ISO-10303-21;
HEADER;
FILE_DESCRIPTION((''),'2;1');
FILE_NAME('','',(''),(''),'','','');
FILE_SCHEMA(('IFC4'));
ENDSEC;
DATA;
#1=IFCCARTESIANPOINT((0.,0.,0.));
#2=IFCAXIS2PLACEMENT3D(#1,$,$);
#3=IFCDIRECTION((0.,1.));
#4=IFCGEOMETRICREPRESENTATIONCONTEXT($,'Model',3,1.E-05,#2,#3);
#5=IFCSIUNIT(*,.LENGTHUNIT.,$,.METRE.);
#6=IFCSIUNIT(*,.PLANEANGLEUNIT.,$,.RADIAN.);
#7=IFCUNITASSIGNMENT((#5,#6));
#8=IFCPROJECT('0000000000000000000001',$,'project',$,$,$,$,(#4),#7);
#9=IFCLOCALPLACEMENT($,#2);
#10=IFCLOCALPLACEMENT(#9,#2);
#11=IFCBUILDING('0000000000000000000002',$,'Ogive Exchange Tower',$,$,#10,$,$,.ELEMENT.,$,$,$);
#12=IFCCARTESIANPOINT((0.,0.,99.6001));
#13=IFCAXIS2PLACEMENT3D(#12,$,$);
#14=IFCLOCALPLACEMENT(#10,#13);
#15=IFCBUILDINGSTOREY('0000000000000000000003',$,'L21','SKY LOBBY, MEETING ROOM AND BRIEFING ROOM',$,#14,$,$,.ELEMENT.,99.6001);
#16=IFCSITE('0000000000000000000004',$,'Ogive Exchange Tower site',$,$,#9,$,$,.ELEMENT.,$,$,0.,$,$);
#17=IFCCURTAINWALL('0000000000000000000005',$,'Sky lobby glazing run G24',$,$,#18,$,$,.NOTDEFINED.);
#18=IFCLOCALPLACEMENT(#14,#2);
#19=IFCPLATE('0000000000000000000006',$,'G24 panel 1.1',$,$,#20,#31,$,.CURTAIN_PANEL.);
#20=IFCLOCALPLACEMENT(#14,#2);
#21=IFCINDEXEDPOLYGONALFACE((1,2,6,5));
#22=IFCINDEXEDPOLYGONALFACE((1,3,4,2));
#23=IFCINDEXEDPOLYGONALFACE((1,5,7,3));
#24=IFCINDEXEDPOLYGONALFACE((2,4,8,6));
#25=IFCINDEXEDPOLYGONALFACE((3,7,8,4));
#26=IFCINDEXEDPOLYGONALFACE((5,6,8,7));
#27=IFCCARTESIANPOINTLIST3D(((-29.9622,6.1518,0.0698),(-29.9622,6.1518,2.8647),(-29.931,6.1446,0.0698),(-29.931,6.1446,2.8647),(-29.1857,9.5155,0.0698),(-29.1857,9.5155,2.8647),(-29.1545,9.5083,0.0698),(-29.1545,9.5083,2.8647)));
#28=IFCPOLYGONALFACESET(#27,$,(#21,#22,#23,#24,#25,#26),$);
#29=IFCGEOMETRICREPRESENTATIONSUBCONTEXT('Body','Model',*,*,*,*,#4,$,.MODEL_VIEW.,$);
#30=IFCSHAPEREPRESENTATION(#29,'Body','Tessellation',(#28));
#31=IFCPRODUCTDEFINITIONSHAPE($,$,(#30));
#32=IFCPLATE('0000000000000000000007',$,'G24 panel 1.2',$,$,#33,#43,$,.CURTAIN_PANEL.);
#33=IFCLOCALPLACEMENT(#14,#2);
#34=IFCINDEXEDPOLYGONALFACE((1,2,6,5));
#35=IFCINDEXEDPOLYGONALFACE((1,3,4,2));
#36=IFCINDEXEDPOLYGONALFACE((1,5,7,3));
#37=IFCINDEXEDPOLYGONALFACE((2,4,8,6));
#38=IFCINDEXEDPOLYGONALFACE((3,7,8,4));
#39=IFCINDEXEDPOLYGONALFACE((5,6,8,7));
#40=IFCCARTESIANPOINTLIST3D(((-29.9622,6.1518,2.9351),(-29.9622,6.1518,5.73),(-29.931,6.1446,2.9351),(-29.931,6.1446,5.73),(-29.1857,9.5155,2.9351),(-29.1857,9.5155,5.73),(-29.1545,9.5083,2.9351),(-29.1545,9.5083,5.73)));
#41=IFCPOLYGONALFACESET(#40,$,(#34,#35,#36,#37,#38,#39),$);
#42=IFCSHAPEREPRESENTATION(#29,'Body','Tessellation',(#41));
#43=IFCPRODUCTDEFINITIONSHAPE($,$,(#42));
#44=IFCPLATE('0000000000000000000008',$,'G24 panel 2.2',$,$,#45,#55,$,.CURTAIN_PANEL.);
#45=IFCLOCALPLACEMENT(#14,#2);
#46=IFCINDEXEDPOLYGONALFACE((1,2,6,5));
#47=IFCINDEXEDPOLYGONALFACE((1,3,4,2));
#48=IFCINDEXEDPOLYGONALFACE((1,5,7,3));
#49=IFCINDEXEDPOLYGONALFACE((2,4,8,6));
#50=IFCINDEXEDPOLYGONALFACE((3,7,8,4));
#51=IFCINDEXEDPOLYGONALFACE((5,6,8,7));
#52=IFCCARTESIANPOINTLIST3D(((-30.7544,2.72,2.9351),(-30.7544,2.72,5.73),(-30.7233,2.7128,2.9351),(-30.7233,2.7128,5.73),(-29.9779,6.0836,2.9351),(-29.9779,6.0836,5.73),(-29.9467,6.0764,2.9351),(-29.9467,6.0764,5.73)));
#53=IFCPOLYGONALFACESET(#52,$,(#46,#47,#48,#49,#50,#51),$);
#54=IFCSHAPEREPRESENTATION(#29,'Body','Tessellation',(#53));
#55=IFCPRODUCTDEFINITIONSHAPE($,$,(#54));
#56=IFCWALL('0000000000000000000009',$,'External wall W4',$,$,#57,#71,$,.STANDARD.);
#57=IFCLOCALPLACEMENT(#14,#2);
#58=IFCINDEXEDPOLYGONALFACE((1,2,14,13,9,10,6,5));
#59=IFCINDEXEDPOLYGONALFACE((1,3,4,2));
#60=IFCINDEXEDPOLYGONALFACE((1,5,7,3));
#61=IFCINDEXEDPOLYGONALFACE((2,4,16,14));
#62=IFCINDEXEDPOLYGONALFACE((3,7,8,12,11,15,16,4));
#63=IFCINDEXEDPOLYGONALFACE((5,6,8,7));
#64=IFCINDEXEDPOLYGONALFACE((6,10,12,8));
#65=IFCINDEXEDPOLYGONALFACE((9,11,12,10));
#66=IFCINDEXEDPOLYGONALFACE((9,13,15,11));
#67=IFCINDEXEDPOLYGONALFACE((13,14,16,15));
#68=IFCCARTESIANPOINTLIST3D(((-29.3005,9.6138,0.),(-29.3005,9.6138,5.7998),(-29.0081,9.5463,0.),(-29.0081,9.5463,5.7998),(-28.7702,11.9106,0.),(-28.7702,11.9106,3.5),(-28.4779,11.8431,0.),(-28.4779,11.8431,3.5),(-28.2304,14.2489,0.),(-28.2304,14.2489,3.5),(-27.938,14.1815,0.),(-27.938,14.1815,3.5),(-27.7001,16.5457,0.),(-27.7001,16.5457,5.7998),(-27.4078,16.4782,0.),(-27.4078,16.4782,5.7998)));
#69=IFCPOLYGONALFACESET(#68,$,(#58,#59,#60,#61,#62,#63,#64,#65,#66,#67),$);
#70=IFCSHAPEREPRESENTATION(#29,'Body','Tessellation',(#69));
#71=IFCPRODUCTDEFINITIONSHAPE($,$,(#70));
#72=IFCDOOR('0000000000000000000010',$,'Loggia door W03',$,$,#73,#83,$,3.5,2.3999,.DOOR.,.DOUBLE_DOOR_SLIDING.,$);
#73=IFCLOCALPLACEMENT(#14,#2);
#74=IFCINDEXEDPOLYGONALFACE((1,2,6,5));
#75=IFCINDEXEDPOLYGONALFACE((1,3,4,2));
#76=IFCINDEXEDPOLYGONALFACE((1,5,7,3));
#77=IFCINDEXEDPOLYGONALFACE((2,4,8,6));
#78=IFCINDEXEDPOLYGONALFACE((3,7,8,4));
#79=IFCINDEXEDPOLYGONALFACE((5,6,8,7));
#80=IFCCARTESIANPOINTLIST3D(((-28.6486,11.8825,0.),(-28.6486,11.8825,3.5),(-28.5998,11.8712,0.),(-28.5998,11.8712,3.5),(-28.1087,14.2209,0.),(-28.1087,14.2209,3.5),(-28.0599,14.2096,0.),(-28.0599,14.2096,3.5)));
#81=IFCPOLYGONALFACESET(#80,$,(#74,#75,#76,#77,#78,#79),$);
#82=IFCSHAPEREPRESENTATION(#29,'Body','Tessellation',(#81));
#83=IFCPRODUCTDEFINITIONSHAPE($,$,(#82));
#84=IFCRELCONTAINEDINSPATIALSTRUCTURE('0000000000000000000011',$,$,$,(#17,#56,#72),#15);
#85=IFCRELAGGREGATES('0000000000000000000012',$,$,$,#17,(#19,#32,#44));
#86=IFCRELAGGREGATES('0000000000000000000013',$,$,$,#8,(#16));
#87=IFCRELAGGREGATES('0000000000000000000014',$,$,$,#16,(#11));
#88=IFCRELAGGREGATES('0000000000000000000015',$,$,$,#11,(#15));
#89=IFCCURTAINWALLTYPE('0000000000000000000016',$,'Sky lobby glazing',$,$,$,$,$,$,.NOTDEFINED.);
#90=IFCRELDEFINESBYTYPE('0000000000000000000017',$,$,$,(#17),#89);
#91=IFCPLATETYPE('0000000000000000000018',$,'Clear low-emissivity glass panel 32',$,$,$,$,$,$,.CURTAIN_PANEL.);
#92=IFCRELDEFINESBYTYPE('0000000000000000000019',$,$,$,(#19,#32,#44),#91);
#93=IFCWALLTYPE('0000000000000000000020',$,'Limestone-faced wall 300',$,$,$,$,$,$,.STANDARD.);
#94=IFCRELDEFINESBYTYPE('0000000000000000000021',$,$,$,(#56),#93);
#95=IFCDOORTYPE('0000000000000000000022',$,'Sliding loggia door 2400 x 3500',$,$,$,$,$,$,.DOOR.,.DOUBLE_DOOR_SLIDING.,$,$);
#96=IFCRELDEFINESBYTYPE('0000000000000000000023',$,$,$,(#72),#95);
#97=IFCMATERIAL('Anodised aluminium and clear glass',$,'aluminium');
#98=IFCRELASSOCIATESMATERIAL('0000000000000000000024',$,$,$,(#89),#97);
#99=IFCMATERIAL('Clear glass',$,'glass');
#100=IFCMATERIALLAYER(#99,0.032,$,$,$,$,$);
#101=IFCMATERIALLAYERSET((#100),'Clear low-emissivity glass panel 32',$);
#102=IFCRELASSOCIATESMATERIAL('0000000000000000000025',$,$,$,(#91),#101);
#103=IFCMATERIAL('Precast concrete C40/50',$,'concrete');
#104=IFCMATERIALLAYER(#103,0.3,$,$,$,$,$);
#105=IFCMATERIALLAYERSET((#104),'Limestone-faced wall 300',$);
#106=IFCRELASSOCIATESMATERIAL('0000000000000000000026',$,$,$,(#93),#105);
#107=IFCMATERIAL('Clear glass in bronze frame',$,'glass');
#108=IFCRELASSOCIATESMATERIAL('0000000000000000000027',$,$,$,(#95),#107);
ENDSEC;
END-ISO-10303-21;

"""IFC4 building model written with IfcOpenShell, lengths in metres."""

from ifc_helpers import new_model, si_unit, direction, frame, frame_2d, origin, origin_2d, place, context, subcontext, project, spatial, rectangle, extrude, material, layer, layer_set, type_object, element, fill, aggregate, save


model = new_model("IFC4")

# Units and contexts
model_context = context("Model", 3, precision=1e-05, world=origin(), true_north=direction((0.0, 1.0)))
body_context = subcontext(model_context, "Body", "Model", "MODEL_VIEW")
ifc_project = project(units=[si_unit("LENGTHUNIT", "METRE"), si_unit("PLANEANGLEUNIT", "RADIAN")], contexts=[model_context])

# Site, building, storey
site_placement = place(None, origin())
site = spatial("IfcSite", under=ifc_project, at=site_placement, Name="Ogive Exchange Tower site", CompositionType="ELEMENT", RefElevation=0.0)
building_placement = place(site_placement, origin())
building = spatial("IfcBuilding", under=site, at=building_placement, Name="Ogive Exchange Tower", CompositionType="ELEMENT")
storey_placement = place(building_placement, frame((0.0, 0.0, 99.6001)))
storey = spatial("IfcBuildingStorey", under=building, at=storey_placement, Name="L21", Description="SKY LOBBY, MEETING ROOM AND BRIEFING ROOM", CompositionType="ELEMENT", Elevation=99.6001)

# Shared definitions
ifc_material_1 = material(Name="Anodised aluminium and clear glass", Category="aluminium")
curtain_wall_type = type_object("IfcCurtainWallType", Name="Sky lobby glazing", PredefinedType="NOTDEFINED", material=ifc_material_1)

# Curtain wall, plates
curtain_wall_1_placement = place(storey_placement, origin())
curtain_wall_1 = element("IfcCurtainWall", 1, at=curtain_wall_1_placement, inside=storey, type_object=curtain_wall_type, Name="Sky lobby glazing run G24", PredefinedType="NOTDEFINED")
ifc_material_2 = material(Name="Clear glass", Category="glass")
ifc_layer_1 = layer(ifc_material_2, 0.032)
ifc_layer_set_1 = layer_set([ifc_layer_1], Name="Clear low-emissivity glass panel 32")
plate_type = type_object("IfcPlateType", Name="Clear low-emissivity glass panel 32", PredefinedType="CURTAIN_PANEL", material=ifc_layer_set_1)
plate_1_placement = place(storey_placement, frame((-29.5583, 7.8301, 0.0698), z_axis=(0.0, 0.0, 1.0), x_axis=(-0.224944, -0.974372, 0.0)))
plate_1 = element("IfcPlate", 2, at=plate_1_placement, type_object=plate_type, Name="G24 panel 1.1", PredefinedType="CURTAIN_PANEL", context=body_context, shape_type="SweptSolid", body=[
    extrude(rectangle(XDim=3.4521, YDim=0.032, at=origin_2d()), origin(), (0.0, 0.0, 1.0), 2.7949),
])
plate_2_placement = place(storey_placement, frame((-29.5583, 7.8301, 2.9351), z_axis=(0.0, 0.0, 1.0), x_axis=(-0.224944, -0.974372, 0.0)))
plate_2 = element("IfcPlate", 3, at=plate_2_placement, type_object=plate_type, Name="G24 panel 1.2", PredefinedType="CURTAIN_PANEL", context=body_context, shape_type="SweptSolid", body=[
    extrude(rectangle(XDim=3.4521, YDim=0.032, at=origin_2d()), origin(), (0.0, 0.0, 1.0), 2.7949),
])
plate_3_placement = place(storey_placement, frame((-30.3506, 4.3982, 2.9351), z_axis=(0.0, 0.0, 1.0), x_axis=(-0.224944, -0.974372, 0.0)))
plate_3 = element("IfcPlate", 4, at=plate_3_placement, type_object=plate_type, Name="G24 panel 2.2", PredefinedType="CURTAIN_PANEL", context=body_context, shape_type="SweptSolid", body=[
    extrude(rectangle(XDim=3.4521, YDim=0.032, at=origin_2d()), origin(), (0.0, 0.0, 1.0), 2.7949),
])
aggregate(curtain_wall_1, [plate_1, plate_2, plate_3])

# Wall, opening, door
ifc_material_3 = material(Name="Precast concrete C40/50", Category="concrete")
ifc_layer_2 = layer(ifc_material_3, 0.3)
ifc_layer_set_2 = layer_set([ifc_layer_2], Name="Limestone-faced wall 300")
wall_type = type_object("IfcWallType", Name="Limestone-faced wall 300", PredefinedType="STANDARD", material=ifc_layer_set_2)
wall_placement = place(storey_placement, frame((-27.554, 16.512, 0.0), z_axis=(0.0, 0.0, 1.0), x_axis=(-0.22495, -0.97437, 0.0)))
wall = element("IfcWall", 5, at=wall_placement, inside=storey, type_object=wall_type, Name="External wall W4", PredefinedType="STANDARD", context=body_context, shape_type="SweptSolid", body=[
    extrude(rectangle(XDim=7.1143, YDim=0.3, at=frame_2d((3.5571, 0.0))), origin(), (0.0, 0.0, 1.0), 5.7998),
])
opening_placement = place(wall_placement, frame((2.3572, 0.0, 0.0)))
opening = element("IfcOpeningElement", 6, at=opening_placement, cuts=wall, PredefinedType="OPENING", context=body_context, shape_type="SweptSolid", body=[
    extrude(rectangle(XDim=2.3999, YDim=3.5, at=frame_2d((1.2, 1.75))), frame((0.0, 0.1599, 0.0), z_axis=(0.0, -1.0, 0.0), x_axis=(1.0, 0.0, 0.0)), (0.0, 0.0, 1.0), 0.3201),
])
ifc_material_4 = material(Name="Clear glass in bronze frame", Category="glass")
door_type = type_object("IfcDoorType", Name="Sliding loggia door 2400 x 3500", OperationType="DOUBLE_DOOR_SLIDING", PredefinedType="DOOR", material=ifc_material_4)
door_placement = place(opening_placement, origin())
door = element("IfcDoor", 7, at=door_placement, inside=storey, type_object=door_type, Name="Loggia door W03", OperationType="DOUBLE_DOOR_SLIDING", OverallHeight=3.5, OverallWidth=2.3999, PredefinedType="DOOR", context=body_context, shape_type="SweptSolid", body=[
    extrude(rectangle(XDim=2.3999, YDim=3.5, at=frame_2d((1.2, 1.75))), frame((0.0, 0.0249, 0.0), z_axis=(0.0, -1.0, 0.0), x_axis=(1.0, 0.0, 0.0)), (0.0, 0.0, 1.0), 0.05),
])
fill(opening, door)

save(model, "model.ifc")
